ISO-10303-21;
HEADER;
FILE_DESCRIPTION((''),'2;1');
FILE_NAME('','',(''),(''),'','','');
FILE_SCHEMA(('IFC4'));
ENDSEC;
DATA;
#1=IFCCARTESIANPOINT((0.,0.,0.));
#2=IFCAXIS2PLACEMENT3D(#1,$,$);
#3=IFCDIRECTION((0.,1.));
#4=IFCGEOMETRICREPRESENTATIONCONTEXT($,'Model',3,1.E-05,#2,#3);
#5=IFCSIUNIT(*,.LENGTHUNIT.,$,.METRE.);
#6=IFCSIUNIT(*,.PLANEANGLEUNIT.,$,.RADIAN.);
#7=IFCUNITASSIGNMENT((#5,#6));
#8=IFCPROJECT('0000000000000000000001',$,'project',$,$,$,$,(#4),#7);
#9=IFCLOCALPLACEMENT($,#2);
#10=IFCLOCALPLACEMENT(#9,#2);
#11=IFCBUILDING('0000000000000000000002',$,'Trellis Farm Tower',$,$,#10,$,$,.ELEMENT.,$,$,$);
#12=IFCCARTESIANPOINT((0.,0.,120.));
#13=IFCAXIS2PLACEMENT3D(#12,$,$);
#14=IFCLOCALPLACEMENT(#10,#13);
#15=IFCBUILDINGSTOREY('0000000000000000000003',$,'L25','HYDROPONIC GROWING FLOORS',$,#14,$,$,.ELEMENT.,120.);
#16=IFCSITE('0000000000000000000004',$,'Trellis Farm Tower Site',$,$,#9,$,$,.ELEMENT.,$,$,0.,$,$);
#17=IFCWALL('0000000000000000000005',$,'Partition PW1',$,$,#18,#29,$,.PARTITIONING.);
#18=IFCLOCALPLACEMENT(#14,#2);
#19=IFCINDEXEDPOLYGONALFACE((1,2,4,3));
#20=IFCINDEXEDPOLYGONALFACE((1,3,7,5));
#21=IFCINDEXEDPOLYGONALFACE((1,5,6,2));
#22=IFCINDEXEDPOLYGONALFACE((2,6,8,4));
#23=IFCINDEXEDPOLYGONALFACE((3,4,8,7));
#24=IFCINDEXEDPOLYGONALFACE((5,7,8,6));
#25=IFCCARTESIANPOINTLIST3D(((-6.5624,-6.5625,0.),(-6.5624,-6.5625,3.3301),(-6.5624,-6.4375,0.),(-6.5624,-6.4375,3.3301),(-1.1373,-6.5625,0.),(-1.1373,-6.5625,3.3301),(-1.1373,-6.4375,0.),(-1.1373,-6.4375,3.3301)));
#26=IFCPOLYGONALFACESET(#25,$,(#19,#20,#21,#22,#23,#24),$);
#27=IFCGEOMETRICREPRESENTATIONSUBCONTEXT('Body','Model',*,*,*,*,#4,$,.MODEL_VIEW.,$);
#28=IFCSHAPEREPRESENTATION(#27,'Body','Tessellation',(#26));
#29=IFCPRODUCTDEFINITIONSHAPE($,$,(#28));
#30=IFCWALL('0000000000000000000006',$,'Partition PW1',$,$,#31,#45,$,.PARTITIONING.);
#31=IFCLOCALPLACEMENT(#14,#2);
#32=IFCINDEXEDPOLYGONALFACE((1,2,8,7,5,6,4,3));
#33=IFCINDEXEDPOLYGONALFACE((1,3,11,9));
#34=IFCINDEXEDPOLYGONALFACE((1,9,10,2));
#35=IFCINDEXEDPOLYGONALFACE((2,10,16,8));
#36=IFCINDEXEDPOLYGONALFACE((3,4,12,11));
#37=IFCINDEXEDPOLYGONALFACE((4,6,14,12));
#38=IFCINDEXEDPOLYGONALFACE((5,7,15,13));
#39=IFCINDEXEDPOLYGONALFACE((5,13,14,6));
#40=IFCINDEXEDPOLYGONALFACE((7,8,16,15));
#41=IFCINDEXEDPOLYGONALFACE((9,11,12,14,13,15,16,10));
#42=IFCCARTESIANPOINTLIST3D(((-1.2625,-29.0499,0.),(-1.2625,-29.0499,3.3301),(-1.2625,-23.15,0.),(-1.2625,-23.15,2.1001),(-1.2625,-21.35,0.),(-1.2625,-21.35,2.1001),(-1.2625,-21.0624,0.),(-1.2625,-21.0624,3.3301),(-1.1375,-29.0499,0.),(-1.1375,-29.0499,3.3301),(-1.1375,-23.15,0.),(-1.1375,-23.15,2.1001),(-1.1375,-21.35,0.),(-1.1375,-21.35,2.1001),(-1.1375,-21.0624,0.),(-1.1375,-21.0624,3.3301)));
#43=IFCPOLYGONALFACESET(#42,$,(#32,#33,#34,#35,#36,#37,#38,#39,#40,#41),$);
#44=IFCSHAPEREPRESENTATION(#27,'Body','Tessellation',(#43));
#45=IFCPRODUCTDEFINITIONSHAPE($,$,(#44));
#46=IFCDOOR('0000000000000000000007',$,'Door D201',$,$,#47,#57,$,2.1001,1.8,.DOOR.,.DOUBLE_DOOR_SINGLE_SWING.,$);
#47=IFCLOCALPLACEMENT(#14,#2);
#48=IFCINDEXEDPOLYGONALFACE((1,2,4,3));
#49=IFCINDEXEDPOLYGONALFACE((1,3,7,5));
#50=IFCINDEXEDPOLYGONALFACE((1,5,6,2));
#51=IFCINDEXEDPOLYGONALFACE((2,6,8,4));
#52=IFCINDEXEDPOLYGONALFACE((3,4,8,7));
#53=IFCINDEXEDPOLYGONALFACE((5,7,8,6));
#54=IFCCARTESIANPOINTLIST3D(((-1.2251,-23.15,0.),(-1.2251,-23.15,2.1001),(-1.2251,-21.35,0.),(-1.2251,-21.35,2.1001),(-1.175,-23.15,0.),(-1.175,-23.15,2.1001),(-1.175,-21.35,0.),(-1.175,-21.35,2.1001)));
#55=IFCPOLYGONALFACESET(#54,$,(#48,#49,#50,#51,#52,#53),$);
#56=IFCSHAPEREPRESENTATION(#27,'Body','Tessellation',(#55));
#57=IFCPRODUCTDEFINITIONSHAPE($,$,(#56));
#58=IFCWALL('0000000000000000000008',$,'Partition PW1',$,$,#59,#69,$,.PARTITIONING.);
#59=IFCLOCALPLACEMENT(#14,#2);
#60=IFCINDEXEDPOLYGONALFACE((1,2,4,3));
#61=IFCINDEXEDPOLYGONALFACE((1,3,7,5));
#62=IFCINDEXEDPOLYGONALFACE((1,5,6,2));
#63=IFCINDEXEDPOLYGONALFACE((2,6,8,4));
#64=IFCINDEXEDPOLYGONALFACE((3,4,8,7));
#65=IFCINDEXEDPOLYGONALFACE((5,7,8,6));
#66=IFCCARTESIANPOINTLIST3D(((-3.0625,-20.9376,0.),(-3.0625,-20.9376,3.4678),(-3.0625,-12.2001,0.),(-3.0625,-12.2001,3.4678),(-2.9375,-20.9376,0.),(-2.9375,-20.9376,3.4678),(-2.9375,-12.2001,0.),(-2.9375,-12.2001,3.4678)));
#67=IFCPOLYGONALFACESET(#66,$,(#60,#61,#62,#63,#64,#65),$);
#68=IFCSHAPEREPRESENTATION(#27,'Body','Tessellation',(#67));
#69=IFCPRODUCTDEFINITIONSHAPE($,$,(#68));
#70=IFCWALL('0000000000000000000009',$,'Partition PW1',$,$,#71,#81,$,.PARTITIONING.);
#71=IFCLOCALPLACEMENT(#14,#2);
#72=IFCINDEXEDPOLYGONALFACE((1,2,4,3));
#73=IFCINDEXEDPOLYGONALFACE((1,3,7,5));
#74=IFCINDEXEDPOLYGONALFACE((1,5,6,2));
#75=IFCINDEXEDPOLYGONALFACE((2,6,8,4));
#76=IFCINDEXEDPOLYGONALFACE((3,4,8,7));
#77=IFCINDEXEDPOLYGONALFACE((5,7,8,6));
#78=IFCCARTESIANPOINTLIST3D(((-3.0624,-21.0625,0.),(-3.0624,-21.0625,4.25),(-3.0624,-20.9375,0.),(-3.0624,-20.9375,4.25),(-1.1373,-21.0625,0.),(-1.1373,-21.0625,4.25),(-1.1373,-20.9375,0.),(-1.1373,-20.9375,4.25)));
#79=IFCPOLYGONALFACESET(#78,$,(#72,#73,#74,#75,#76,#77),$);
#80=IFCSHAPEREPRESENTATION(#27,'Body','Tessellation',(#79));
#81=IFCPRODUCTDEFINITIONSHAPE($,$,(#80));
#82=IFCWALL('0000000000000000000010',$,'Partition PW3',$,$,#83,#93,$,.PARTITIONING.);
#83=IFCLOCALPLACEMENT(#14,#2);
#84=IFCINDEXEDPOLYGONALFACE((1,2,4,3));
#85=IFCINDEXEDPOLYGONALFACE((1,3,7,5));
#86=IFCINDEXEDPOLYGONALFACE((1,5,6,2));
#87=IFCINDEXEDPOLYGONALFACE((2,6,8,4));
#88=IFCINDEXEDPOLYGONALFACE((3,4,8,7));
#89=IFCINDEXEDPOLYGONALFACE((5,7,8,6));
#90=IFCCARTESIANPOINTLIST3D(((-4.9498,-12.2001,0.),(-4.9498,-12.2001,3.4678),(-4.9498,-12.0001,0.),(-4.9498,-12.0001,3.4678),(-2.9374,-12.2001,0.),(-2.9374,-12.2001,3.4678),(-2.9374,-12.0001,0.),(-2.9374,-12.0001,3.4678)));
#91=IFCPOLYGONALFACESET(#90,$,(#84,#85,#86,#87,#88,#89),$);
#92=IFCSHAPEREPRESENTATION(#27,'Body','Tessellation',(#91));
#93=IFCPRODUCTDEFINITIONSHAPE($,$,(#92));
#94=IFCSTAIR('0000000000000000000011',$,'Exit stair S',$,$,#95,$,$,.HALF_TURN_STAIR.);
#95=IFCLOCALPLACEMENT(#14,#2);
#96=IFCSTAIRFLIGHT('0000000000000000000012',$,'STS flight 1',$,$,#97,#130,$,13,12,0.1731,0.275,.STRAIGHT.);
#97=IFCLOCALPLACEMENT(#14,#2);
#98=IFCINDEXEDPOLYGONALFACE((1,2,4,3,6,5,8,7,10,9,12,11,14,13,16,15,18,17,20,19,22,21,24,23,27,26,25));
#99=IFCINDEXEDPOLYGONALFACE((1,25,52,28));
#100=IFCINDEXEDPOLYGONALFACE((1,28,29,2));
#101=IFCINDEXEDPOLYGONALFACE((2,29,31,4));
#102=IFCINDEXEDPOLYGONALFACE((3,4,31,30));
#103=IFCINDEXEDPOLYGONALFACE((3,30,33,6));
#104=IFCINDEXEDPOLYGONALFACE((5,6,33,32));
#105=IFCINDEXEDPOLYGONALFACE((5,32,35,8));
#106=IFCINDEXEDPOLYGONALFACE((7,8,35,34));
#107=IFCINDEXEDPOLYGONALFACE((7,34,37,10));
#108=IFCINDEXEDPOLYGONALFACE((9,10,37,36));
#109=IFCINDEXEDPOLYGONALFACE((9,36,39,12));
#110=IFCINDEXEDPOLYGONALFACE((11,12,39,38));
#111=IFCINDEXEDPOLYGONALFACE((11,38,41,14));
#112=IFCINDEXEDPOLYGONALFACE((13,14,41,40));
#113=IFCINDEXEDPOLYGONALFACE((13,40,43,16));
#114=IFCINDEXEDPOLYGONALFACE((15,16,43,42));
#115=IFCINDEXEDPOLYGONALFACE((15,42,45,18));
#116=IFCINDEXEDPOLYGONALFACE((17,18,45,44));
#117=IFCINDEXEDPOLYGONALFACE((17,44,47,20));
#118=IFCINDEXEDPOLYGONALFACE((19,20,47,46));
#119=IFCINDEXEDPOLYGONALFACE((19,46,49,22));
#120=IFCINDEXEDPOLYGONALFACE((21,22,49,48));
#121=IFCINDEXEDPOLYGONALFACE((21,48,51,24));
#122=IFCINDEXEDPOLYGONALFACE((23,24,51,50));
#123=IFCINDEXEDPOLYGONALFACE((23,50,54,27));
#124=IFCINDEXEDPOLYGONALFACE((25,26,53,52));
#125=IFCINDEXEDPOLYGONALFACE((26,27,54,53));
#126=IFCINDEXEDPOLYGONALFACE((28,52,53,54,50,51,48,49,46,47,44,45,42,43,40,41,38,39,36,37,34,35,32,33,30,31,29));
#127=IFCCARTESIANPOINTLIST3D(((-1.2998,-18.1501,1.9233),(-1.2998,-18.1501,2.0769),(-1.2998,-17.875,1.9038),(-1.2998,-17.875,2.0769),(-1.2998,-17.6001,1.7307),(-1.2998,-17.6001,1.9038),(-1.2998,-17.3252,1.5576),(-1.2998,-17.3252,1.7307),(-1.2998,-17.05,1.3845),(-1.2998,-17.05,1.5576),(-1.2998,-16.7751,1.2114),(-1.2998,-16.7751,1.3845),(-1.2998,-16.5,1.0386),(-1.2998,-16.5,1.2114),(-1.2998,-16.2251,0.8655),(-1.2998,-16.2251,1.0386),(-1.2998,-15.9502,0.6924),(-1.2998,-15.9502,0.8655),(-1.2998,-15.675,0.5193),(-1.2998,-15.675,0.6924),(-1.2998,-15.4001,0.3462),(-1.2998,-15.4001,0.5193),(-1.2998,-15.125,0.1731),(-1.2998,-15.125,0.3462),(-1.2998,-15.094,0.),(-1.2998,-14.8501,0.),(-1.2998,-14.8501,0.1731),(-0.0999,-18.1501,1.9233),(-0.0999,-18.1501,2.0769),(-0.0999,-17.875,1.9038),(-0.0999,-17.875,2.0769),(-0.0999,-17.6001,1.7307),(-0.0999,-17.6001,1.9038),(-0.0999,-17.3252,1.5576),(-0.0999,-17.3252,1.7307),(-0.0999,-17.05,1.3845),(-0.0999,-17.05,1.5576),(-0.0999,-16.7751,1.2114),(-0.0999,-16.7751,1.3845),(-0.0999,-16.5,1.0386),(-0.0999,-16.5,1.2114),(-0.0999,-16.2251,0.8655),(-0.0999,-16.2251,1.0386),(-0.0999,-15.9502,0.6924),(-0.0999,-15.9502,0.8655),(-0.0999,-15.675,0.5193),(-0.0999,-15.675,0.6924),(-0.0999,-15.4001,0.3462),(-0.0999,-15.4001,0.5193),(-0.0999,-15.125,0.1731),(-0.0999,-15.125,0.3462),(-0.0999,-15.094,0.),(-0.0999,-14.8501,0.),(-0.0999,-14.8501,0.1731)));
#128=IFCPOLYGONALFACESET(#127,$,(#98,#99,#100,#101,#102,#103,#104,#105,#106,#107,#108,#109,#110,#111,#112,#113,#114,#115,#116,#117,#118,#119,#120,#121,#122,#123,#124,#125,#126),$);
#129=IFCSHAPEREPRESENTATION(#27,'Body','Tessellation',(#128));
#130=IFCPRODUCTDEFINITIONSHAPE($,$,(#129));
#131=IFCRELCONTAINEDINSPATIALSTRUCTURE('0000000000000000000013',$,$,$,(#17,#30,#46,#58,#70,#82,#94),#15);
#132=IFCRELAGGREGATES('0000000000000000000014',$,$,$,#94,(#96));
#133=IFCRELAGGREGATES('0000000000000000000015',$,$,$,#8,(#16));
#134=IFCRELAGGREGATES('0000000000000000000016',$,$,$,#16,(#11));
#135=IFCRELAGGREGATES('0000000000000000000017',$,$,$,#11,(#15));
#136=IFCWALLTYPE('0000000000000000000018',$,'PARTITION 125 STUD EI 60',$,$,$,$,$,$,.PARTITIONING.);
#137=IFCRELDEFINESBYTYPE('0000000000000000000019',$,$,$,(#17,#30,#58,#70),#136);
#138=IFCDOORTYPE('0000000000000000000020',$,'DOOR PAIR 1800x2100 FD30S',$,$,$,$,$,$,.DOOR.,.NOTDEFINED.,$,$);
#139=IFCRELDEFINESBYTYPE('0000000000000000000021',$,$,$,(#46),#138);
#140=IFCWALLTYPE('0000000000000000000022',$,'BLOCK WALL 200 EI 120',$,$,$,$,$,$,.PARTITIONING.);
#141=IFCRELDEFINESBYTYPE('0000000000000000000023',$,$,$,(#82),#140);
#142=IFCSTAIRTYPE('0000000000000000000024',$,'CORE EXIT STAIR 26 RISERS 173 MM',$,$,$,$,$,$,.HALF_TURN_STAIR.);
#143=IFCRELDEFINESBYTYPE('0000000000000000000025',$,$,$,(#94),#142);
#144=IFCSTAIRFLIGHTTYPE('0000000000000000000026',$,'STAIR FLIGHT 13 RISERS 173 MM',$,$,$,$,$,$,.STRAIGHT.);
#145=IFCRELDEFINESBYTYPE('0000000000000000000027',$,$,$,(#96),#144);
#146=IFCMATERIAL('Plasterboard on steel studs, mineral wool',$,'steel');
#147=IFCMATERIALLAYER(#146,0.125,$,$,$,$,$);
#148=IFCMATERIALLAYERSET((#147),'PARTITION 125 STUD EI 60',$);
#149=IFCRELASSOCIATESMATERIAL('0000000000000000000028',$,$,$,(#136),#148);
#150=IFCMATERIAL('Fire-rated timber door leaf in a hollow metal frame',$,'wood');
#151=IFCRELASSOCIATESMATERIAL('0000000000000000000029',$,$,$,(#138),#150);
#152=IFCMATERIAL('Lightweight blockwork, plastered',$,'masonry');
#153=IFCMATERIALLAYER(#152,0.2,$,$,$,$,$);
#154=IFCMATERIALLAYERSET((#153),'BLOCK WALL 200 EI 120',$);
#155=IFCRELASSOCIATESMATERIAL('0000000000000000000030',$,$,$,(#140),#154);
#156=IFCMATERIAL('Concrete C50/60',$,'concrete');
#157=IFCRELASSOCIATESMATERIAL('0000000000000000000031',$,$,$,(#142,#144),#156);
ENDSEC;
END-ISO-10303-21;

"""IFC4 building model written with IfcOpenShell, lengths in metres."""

from ifc_helpers import new_model, si_unit, direction, frame, frame_2d, origin, place, context, subcontext, project, spatial, polyline, rectangle, outline, extrude, source, transform, mapped, material, layer, layer_set, type_object, element, fill, aggregate, save


model = new_model("IFC4")

# Units and contexts
model_context = context("Model", 3, precision=1e-05, world=origin(), true_north=direction((0.0, 1.0)))
body_context = subcontext(model_context, "Body", "Model", "MODEL_VIEW")
ifc_project = project(units=[si_unit("LENGTHUNIT", "METRE"), si_unit("PLANEANGLEUNIT", "RADIAN")], contexts=[model_context])

# Site, building, storey
site_placement = place(None, origin())
site = spatial("IfcSite", under=ifc_project, at=site_placement, Name="Trellis Farm Tower Site", CompositionType="ELEMENT", RefElevation=0.0)
building_placement = place(site_placement, origin())
building = spatial("IfcBuilding", under=site, at=building_placement, Name="Trellis Farm Tower", CompositionType="ELEMENT")
storey_placement = place(building_placement, frame((0.0, 0.0, 120.0)))
storey = spatial("IfcBuildingStorey", under=building, at=storey_placement, Name="L25", Description="HYDROPONIC GROWING FLOORS", CompositionType="ELEMENT", Elevation=120.0)

# Shared definitions
placement = place(storey_placement, origin())

# Shared definitions
ifc_material_1 = material(Name="Plasterboard on steel studs, mineral wool", Category="steel")
ifc_layer_1 = layer(ifc_material_1, 0.125)
ifc_layer_set_1 = layer_set([ifc_layer_1], Name="PARTITION 125 STUD EI 60")
wall_type_1 = type_object("IfcWallType", Name="PARTITION 125 STUD EI 60", PredefinedType="PARTITIONING", material=ifc_layer_set_1)
ifc_material_2 = material(Name="Fire-rated timber door leaf in a hollow metal frame", Category="wood")

# Wall
shared_shape_1 = source(origin(), body_context, "Body", "SweptSolid", [
    extrude(rectangle(XDim=5.425, YDim=0.125, at=frame_2d((2.7124, 0.0))), origin(), (0.0, 0.0, 1.0), 3.3301),
])
wall_1_placement = place(storey_placement, frame((-1.1375, -6.5, 0.0), z_axis=(0.0, 0.0, 1.0), x_axis=(-1.0, 0.0, 0.0)))
element("IfcWall", 1, at=wall_1_placement, inside=storey, type_object=wall_type_1, Name="Partition PW1", PredefinedType="PARTITIONING", context=body_context, shape_type="MappedRepresentation", body=[
    mapped(shared_shape_1, transform((0.0, 0.0, 0.0))),
])

# Wall, opening, door
shared_shape_2 = source(origin(), body_context, "Body", "SweptSolid", [
    extrude(rectangle(XDim=7.9875, YDim=0.125, at=frame_2d((3.9937, 0.0))), origin(), (0.0, 0.0, 1.0), 3.3301),
])
wall_2_placement = place(storey_placement, frame((-1.2, -21.0625, 0.0), z_axis=(0.0, 0.0, 1.0), x_axis=(0.0, -1.0, 0.0)))
wall_2 = element("IfcWall", 2, at=wall_2_placement, inside=storey, type_object=wall_type_1, Name="Partition PW1", PredefinedType="PARTITIONING", context=body_context, shape_type="MappedRepresentation", body=[
    mapped(shared_shape_2, transform((0.0, 0.0, 0.0))),
])
shared_shape_3 = source(origin(), body_context, "Body", "SweptSolid", [
    extrude(rectangle(XDim=1.8, YDim=2.1001, at=frame_2d((0.8999, 1.05))), frame((0.0, 0.0725, 0.0), z_axis=(0.0, -1.0, 0.0), x_axis=(1.0, 0.0, 0.0)), (0.0, 0.0, 1.0), 0.145),
])
opening_1_placement = place(wall_2_placement, frame((0.2876, 0.0, 0.0)))
opening_1 = element("IfcOpeningElement", 3, at=opening_1_placement, cuts=wall_2, PredefinedType="OPENING", context=body_context, shape_type="MappedRepresentation", body=[
    mapped(shared_shape_3, transform((0.0, 0.0, 0.0))),
])
door_type_1 = type_object("IfcDoorType", Name="DOOR PAIR 1800x2100 FD30S", OperationType="NOTDEFINED", PredefinedType="DOOR", material=ifc_material_2)
shared_shape_4 = source(origin(), body_context, "Body", "SweptSolid", [
    extrude(rectangle(XDim=1.8, YDim=2.1001, at=frame_2d((0.8999, 1.05))), frame((0.0, 0.0249, 0.0), z_axis=(0.0, -1.0, 0.0), x_axis=(1.0, 0.0, 0.0)), (0.0, 0.0, 1.0), 0.05),
])
door_1_placement = place(opening_1_placement, origin())
door_1 = element("IfcDoor", 4, at=door_1_placement, inside=storey, type_object=door_type_1, Name="Door D201", OperationType="DOUBLE_DOOR_SINGLE_SWING", OverallHeight=2.1001, OverallWidth=1.8, PredefinedType="DOOR", context=body_context, shape_type="MappedRepresentation", body=[
    mapped(shared_shape_4, transform((0.0, 0.0, 0.0))),
])
fill(opening_1, door_1)

# Walls
shared_shape_5 = source(origin(), body_context, "Body", "SweptSolid", [
    extrude(rectangle(XDim=8.7375, YDim=0.125, at=frame_2d((4.3687, 0.0))), origin(), (0.0, 0.0, 1.0), 3.4678),
])
wall_3_placement = place(storey_placement, frame((-3.0, -20.9375, 0.0), z_axis=(0.0, 0.0, 1.0), x_axis=(0.0, 1.0, 0.0)))
element("IfcWall", 5, at=wall_3_placement, inside=storey, type_object=wall_type_1, Name="Partition PW1", PredefinedType="PARTITIONING", context=body_context, shape_type="MappedRepresentation", body=[
    mapped(shared_shape_5, transform((0.0, 0.0, 0.0))),
])
shared_shape_6 = source(origin(), body_context, "Body", "SweptSolid", [
    extrude(rectangle(XDim=1.925, YDim=0.125, at=frame_2d((0.9624, 0.0))), origin(), (0.0, 0.0, 1.0), 4.25),
])
wall_4_placement = place(storey_placement, frame((-1.1375, -21.0, 0.0), z_axis=(0.0, 0.0, 1.0), x_axis=(-1.0, 0.0, 0.0)))
element("IfcWall", 6, at=wall_4_placement, inside=storey, type_object=wall_type_1, Name="Partition PW1", PredefinedType="PARTITIONING", context=body_context, shape_type="MappedRepresentation", body=[
    mapped(shared_shape_6, transform((0.0, 0.0, 0.0))),
])
ifc_material_3 = material(Name="Lightweight blockwork, plastered", Category="masonry")
ifc_layer_2 = layer(ifc_material_3, 0.2)
ifc_layer_set_2 = layer_set([ifc_layer_2], Name="BLOCK WALL 200 EI 120")
wall_type_2 = type_object("IfcWallType", Name="BLOCK WALL 200 EI 120", PredefinedType="PARTITIONING", material=ifc_layer_set_2)
shared_shape_7 = source(origin(), body_context, "Body", "SweptSolid", [
    extrude(rectangle(XDim=2.0125, YDim=0.2, at=frame_2d((1.0063, 0.0))), origin(), (0.0, 0.0, 1.0), 3.4678),
])
wall_5_placement = place(storey_placement, frame((-4.95, -12.1001, 0.0), z_axis=(0.0, 0.0, 1.0), x_axis=(1.0, 0.0, 0.0)))
element("IfcWall", 7, at=wall_5_placement, inside=storey, type_object=wall_type_2, Name="Partition PW3", PredefinedType="PARTITIONING", context=body_context, shape_type="MappedRepresentation", body=[
    mapped(shared_shape_7, transform((0.0, 0.0, 0.0))),
])

# Stair, stair flight
ifc_material_4 = material(Name="Concrete C50/60", Category="concrete")
stair_type = type_object("IfcStairType", Name="CORE EXIT STAIR 26 RISERS 173 MM", PredefinedType="HALF_TURN_STAIR", material=ifc_material_4)
stair = element("IfcStair", 8, at=placement, inside=storey, type_object=stair_type, Name="Exit stair S", PredefinedType="HALF_TURN_STAIR")
stair_flight_type = type_object("IfcStairFlightType", Name="STAIR FLIGHT 13 RISERS 173 MM", PredefinedType="STRAIGHT", material=ifc_material_4)
shared_shape_8 = source(origin(), body_context, "Body", "SweptSolid", [
    extrude(outline(polyline([(0.0, 0.0), (0.0, 0.1731), (0.2749, 0.1731), (0.2749, 0.3462), (0.55, 0.3462), (0.55, 0.5193), (0.825, 0.5193), (0.825, 0.6924), (1.1001, 0.6924), (1.1001, 0.8655), (1.375, 0.8655), (1.375, 1.0386), (1.6499, 1.0386), (1.6499, 1.2114), (1.925, 1.2114), (1.925, 1.3845), (2.2, 1.3845), (2.2, 1.5576), (2.4751, 1.5576), (2.4751, 1.7307), (2.75, 1.7307), (2.75, 1.9038), (3.0249, 1.9038), (3.0249, 2.0769), (3.3, 2.0769), (3.3, 2.25), (3.3, 1.9233), (0.2439, 0.0), (0.0, 0.0)])), frame((0.0, 0.6001, 0.0), z_axis=(0.0, -1.0, 0.0), x_axis=(1.0, 0.0, 0.0)), (0.0, 0.0, 1.0), 1.2),
])
stair_flight_placement = place(storey_placement, frame((-0.7, -14.8501, 0.0), z_axis=(0.0, 0.0, 1.0), x_axis=(0.0, -1.0, 0.0)))
stair_flight = element("IfcStairFlight", 9, at=stair_flight_placement, type_object=stair_flight_type, Name="STS flight 1", NumberOfRisers=13, NumberOfTreads=12, PredefinedType="STRAIGHT", RiserHeight=0.1731, TreadLength=0.275, context=body_context, shape_type="MappedRepresentation", body=[
    mapped(shared_shape_8, transform((0.0, 0.0, 0.0))),
])
aggregate(stair, [stair_flight])

save(model, "model.ifc")
